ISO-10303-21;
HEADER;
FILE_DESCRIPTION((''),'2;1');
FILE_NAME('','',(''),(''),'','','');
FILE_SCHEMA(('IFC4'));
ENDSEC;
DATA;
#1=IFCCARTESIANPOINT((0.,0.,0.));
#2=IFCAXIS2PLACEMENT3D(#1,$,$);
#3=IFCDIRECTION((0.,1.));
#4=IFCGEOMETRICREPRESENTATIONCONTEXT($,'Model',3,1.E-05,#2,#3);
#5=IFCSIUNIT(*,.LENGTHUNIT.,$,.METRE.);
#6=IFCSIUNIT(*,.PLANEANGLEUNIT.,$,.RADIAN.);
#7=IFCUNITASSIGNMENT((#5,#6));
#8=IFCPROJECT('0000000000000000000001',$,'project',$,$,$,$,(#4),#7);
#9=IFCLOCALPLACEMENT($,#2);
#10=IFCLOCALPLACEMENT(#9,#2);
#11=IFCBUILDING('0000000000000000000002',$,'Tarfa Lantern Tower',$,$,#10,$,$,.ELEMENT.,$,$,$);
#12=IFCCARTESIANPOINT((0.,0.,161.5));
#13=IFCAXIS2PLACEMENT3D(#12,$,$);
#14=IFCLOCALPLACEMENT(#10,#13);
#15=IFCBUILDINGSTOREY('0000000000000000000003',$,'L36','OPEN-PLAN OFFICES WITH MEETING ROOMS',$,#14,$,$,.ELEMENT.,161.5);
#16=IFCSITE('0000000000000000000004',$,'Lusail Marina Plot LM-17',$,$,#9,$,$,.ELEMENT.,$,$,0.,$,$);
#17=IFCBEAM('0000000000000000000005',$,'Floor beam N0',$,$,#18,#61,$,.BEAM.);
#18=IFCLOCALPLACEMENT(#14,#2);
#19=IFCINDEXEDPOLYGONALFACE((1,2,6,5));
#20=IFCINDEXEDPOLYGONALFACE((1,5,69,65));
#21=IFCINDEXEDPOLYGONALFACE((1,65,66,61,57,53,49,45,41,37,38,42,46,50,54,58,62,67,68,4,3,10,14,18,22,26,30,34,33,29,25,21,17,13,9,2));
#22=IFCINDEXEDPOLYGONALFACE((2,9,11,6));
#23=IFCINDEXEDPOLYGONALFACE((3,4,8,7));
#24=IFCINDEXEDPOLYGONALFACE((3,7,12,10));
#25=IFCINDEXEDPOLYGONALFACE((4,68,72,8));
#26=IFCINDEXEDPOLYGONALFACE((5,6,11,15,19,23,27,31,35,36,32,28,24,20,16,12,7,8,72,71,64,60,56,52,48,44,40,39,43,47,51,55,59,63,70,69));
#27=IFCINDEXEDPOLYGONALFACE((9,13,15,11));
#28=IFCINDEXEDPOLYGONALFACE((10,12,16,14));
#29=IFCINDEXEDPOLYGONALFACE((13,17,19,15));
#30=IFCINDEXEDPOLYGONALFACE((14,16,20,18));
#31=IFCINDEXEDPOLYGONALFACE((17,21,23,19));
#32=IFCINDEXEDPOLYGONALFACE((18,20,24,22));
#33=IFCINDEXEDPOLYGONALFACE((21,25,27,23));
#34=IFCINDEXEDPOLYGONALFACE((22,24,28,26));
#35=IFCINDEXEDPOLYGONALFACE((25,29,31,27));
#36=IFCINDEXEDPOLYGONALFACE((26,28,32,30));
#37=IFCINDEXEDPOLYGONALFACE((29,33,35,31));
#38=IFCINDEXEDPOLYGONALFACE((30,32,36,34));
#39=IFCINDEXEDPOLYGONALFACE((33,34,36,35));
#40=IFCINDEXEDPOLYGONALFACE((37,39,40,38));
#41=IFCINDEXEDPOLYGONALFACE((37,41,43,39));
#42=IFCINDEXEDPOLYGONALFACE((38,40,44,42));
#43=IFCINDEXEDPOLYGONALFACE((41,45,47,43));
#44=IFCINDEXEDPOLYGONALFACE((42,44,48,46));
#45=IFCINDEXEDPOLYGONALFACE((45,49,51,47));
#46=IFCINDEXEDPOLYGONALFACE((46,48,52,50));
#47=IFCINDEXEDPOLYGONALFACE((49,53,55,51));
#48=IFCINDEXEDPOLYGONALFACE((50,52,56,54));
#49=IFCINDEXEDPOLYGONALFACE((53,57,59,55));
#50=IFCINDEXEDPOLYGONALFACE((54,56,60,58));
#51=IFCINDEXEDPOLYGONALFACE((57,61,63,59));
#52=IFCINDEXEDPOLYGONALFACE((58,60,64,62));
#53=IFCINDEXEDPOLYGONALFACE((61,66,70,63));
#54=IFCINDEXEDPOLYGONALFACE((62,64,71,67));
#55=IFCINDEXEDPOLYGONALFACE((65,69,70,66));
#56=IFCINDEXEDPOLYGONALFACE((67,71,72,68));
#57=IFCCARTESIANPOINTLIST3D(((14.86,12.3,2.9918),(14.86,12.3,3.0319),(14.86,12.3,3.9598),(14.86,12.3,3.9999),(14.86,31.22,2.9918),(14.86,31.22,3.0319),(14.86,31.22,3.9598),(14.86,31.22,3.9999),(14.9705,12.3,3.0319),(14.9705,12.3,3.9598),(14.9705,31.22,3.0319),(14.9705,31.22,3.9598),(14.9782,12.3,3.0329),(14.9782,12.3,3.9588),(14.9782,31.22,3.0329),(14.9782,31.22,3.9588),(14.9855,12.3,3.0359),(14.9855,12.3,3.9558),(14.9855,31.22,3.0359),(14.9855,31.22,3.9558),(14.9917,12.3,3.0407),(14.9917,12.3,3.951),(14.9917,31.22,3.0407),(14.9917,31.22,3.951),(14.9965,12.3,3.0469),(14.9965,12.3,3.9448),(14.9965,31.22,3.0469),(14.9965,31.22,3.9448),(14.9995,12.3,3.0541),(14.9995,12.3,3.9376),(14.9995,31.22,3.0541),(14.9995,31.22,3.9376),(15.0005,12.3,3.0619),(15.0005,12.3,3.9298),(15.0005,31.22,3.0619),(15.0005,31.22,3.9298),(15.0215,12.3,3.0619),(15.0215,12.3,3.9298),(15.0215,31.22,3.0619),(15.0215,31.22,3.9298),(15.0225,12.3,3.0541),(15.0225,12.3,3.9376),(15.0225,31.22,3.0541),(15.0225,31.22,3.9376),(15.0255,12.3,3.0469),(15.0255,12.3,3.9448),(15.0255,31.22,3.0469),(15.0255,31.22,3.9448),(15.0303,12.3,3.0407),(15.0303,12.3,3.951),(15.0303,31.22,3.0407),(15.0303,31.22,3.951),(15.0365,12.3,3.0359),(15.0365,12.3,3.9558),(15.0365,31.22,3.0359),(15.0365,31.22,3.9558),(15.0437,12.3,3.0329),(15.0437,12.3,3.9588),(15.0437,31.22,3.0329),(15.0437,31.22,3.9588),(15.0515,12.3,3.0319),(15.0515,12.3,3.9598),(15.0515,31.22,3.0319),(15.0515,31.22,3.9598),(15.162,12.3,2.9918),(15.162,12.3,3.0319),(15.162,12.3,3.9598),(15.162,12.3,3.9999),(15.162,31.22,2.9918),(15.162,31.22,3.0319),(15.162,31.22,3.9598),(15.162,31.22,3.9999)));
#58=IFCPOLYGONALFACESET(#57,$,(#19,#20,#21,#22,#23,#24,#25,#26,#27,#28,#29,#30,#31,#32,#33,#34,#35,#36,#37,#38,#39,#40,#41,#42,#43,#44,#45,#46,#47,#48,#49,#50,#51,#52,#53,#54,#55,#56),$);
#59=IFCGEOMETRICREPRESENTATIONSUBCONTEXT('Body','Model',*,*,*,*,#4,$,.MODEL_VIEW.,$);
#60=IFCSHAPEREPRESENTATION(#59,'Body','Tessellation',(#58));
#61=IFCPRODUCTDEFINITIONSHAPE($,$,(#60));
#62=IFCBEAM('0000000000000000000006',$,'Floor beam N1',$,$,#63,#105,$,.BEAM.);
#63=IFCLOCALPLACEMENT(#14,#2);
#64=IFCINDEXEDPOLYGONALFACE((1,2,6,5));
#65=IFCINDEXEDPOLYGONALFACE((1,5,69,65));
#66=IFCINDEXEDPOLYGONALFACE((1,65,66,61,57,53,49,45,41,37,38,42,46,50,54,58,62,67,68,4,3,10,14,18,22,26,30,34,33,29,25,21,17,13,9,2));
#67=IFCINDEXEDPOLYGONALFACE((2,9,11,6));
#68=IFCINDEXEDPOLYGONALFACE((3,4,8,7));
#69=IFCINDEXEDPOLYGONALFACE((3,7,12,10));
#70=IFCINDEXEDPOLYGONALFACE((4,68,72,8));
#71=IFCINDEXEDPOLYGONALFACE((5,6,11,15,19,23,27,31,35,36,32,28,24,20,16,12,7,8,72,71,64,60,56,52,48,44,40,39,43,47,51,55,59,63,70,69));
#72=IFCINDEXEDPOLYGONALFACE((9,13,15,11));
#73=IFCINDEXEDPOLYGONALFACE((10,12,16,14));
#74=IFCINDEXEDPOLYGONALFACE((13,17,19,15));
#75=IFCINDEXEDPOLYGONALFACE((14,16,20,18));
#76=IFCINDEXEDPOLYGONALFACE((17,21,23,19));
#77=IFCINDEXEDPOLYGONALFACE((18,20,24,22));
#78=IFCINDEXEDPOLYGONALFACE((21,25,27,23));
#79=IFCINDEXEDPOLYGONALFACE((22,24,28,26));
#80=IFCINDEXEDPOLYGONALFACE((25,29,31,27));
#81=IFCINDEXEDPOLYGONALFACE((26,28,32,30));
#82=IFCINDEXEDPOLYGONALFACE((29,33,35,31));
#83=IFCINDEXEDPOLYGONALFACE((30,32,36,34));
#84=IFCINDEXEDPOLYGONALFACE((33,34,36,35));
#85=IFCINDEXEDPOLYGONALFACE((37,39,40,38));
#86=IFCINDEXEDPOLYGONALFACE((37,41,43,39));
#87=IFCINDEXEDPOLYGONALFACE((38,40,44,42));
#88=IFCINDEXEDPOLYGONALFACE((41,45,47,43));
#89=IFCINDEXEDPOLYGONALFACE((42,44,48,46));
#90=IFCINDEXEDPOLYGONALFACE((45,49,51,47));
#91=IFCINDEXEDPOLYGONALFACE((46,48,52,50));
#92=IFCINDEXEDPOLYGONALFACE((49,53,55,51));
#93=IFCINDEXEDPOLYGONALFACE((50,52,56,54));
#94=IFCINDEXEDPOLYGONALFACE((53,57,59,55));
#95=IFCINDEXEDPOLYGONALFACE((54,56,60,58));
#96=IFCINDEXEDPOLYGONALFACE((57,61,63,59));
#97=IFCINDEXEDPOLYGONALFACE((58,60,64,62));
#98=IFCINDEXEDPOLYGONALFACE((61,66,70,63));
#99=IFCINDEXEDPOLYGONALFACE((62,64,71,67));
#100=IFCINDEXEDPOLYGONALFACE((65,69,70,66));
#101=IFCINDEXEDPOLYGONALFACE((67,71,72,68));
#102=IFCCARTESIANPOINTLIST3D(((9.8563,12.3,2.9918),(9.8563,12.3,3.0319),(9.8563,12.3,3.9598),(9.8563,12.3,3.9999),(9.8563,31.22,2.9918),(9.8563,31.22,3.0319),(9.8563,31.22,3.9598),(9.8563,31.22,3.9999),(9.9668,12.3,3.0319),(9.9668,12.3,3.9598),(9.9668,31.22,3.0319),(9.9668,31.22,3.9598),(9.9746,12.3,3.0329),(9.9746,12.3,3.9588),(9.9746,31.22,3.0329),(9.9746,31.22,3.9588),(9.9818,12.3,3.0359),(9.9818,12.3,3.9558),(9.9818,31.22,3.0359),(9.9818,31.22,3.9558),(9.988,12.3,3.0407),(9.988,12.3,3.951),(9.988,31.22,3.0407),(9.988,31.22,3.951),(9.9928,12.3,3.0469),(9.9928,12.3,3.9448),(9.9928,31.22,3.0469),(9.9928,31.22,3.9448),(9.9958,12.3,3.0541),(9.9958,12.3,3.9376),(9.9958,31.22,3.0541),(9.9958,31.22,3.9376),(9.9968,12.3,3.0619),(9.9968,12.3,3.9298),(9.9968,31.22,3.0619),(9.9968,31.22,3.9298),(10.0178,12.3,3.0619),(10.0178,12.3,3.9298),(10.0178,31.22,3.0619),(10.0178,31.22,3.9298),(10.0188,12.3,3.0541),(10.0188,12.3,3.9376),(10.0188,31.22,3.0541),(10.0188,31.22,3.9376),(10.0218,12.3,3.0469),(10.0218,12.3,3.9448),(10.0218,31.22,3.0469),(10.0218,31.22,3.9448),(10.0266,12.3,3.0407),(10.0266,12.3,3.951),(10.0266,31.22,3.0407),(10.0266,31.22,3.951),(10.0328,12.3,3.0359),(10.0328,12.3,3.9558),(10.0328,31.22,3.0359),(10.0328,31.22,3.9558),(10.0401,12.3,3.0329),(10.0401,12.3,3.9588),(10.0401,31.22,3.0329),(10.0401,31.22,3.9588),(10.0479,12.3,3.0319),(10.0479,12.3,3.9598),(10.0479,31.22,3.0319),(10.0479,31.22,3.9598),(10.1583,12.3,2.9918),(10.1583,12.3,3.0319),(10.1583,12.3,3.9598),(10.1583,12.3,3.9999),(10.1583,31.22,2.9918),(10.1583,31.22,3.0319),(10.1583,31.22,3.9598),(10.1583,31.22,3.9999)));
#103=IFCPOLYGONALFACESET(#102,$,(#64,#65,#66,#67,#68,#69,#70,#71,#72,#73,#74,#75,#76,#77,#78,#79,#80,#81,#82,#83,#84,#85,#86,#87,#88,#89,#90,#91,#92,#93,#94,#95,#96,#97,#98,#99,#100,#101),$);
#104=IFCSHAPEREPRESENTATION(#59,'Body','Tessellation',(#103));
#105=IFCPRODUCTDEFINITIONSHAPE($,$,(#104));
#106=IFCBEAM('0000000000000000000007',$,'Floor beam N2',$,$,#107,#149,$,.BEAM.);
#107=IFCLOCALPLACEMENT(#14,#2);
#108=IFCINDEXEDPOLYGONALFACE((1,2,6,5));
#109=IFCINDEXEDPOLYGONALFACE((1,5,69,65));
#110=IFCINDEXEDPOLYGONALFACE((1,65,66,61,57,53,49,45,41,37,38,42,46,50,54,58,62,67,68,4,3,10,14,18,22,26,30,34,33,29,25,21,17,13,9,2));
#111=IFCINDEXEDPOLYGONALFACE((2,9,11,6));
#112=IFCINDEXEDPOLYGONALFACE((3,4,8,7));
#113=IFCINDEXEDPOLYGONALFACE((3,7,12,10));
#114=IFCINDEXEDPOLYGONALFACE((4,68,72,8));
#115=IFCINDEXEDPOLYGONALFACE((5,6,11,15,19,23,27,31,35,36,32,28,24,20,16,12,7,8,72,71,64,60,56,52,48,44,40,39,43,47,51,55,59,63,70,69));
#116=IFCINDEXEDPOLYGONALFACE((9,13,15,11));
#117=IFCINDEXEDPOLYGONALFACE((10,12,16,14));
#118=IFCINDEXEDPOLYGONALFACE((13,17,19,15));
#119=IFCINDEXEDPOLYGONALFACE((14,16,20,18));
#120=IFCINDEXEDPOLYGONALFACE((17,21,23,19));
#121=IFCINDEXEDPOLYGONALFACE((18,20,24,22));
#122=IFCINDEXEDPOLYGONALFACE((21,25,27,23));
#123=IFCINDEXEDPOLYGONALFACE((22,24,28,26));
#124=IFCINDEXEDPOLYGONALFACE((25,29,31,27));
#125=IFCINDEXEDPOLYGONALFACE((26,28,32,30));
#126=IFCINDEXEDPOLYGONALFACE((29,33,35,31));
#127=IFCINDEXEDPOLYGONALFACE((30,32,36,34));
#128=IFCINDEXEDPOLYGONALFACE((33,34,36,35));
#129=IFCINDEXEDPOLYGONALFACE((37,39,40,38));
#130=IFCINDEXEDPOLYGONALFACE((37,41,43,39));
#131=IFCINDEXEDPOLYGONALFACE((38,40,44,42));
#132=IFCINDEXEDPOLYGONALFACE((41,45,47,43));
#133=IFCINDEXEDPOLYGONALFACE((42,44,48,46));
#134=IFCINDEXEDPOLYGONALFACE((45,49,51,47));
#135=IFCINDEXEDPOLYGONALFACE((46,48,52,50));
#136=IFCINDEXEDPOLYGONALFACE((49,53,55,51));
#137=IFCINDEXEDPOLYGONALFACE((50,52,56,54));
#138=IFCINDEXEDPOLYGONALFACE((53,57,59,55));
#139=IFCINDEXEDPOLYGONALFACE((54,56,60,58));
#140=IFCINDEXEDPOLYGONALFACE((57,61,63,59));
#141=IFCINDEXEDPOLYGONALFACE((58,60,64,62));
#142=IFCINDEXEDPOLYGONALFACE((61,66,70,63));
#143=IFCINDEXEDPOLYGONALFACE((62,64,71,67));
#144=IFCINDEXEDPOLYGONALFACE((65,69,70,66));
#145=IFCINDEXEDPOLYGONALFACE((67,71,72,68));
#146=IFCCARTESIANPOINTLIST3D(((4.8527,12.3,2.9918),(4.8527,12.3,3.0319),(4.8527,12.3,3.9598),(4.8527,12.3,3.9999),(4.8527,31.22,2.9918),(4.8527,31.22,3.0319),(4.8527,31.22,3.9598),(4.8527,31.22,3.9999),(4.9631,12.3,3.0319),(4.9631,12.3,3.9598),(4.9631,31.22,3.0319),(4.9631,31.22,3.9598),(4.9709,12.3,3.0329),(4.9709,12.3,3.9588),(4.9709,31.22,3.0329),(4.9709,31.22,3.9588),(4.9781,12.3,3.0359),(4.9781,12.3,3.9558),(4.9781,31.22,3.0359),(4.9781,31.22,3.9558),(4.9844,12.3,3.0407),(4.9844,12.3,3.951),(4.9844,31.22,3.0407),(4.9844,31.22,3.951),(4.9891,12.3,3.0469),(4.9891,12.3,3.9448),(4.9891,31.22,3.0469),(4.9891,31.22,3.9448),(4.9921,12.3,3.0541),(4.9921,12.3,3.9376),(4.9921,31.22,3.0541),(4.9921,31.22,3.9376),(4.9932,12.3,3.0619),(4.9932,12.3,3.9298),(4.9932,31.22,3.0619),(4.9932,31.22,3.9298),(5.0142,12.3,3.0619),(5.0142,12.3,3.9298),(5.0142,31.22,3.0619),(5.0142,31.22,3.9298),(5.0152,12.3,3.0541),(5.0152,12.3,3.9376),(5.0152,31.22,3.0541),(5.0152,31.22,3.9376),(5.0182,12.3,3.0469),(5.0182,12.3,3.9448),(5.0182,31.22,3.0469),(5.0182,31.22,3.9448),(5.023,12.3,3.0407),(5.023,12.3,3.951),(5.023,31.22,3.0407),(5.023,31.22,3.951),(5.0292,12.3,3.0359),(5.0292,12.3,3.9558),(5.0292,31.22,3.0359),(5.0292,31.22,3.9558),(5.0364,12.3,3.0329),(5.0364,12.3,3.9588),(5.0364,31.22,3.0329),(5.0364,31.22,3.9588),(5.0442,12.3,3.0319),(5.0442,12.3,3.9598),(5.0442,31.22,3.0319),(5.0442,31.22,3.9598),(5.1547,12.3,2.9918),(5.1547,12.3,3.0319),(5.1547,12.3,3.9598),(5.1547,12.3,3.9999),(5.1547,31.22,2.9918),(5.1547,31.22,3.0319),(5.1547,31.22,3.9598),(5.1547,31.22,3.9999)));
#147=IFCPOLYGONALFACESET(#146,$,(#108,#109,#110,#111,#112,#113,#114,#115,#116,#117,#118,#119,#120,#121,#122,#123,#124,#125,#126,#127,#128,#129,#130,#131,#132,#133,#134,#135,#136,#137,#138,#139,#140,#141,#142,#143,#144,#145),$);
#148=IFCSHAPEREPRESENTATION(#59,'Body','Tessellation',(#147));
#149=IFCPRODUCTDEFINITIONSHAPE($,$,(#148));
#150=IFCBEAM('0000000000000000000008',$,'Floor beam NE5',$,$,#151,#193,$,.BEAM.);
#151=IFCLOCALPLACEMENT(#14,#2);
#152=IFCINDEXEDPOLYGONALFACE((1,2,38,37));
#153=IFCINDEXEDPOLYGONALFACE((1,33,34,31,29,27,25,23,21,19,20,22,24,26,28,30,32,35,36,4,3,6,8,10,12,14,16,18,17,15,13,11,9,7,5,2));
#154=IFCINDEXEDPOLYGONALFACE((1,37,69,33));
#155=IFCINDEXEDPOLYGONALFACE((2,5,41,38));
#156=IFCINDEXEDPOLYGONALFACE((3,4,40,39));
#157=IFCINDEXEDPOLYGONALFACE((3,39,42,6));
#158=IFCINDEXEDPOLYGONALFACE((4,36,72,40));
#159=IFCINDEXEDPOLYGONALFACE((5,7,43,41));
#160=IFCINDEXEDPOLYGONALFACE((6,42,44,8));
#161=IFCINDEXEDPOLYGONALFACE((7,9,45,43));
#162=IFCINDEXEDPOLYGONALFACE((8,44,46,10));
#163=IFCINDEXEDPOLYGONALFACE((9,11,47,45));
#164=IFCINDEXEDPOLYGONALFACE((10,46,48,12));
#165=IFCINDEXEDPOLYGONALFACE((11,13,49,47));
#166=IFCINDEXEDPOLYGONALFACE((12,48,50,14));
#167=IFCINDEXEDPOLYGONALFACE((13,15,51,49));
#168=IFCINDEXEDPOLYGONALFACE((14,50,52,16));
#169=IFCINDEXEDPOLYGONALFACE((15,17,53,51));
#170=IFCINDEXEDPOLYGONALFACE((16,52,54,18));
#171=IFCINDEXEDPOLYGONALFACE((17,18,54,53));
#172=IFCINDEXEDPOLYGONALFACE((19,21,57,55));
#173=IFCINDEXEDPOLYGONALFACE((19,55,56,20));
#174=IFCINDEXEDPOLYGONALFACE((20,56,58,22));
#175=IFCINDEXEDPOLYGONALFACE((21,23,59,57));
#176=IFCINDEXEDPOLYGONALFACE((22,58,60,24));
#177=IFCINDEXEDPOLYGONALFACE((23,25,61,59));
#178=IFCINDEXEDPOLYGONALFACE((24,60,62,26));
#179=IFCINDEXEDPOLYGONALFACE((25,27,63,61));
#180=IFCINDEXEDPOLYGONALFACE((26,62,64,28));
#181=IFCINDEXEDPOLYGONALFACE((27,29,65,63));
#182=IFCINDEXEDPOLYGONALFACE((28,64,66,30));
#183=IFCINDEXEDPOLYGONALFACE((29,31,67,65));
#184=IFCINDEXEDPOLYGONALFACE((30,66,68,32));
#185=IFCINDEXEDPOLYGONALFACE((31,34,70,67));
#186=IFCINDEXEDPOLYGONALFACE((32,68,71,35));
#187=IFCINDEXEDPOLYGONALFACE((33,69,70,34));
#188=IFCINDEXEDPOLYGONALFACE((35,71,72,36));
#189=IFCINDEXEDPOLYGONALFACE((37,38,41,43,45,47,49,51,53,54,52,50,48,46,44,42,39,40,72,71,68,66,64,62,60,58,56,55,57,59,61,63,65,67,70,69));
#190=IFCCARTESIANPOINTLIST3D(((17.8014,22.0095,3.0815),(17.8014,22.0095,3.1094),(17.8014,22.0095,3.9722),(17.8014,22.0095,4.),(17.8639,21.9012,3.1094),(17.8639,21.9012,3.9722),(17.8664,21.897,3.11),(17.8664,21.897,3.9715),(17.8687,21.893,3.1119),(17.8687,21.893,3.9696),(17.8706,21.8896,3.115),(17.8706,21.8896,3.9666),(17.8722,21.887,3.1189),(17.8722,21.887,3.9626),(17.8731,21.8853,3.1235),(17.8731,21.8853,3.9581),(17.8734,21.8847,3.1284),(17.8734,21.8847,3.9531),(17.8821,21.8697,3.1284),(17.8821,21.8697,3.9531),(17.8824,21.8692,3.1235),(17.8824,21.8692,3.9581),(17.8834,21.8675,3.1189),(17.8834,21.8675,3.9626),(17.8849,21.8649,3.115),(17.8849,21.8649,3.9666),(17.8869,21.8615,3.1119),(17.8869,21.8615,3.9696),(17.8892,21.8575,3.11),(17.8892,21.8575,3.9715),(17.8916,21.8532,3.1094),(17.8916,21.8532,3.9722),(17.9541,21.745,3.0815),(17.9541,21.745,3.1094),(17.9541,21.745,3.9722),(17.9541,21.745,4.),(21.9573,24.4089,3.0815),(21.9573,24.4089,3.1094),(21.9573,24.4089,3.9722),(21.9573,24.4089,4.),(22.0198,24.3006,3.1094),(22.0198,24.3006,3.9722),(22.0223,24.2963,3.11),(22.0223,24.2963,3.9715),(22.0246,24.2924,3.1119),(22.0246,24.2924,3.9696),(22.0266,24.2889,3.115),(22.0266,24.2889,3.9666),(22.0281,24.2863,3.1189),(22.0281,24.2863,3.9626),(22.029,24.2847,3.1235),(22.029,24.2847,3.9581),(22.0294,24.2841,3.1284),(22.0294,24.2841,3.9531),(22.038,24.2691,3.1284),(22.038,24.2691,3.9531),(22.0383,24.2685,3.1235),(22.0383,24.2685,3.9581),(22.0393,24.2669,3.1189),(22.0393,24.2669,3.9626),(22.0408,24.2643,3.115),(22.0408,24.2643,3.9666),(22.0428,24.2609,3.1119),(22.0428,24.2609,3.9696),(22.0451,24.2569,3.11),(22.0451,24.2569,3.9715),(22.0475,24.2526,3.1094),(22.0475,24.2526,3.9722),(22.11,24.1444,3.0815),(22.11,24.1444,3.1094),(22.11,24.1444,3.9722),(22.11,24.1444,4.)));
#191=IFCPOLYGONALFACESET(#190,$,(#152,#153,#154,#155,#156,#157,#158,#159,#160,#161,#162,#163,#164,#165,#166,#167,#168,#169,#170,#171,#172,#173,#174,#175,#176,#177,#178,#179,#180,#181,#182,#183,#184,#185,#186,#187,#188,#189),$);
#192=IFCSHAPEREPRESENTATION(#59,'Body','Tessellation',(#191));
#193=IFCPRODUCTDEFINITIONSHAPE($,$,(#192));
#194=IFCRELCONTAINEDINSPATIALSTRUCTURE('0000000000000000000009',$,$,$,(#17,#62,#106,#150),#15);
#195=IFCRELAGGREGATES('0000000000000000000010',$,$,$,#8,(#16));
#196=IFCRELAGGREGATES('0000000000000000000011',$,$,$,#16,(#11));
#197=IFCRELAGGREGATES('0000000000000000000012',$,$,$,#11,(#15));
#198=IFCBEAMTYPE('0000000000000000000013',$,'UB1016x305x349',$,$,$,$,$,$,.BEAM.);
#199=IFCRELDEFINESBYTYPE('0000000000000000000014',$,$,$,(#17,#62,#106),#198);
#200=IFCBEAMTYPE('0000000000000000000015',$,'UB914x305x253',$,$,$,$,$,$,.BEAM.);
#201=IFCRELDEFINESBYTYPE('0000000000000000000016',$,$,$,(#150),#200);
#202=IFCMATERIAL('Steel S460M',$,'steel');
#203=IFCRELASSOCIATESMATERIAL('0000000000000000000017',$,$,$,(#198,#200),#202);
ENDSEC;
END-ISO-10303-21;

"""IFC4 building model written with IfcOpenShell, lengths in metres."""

from ifc_helpers import new_model, si_unit, direction, frame, origin, origin_2d, place, context, subcontext, project, spatial, i_section, extrude, material, material_profile, profile_set, type_object, element, save


model = new_model("IFC4")

# Units and contexts
model_context = context("Model", 3, precision=1e-05, world=origin(), true_north=direction((0.0, 1.0)))
body_context = subcontext(model_context, "Body", "Model", "MODEL_VIEW")
ifc_project = project(units=[si_unit("LENGTHUNIT", "METRE"), si_unit("PLANEANGLEUNIT", "RADIAN")], contexts=[model_context])

# Site, building, storey
site_placement = place(None, origin())
site = spatial("IfcSite", under=ifc_project, at=site_placement, Name="Lusail Marina Plot LM-17", CompositionType="ELEMENT", RefElevation=0.0)
building_placement = place(site_placement, origin())
building = spatial("IfcBuilding", under=site, at=building_placement, Name="Tarfa Lantern Tower", CompositionType="ELEMENT")
storey_placement = place(building_placement, frame((0.0, 0.0, 161.5)))
storey = spatial("IfcBuildingStorey", under=building, at=storey_placement, Name="L36", Description="OPEN-PLAN OFFICES WITH MEETING ROOMS", CompositionType="ELEMENT", Elevation=161.5)

# Beams
ifc_material_1 = material(Name="Steel S460M", Category="steel")
ifc_material_profile_1 = material_profile(ifc_material_1, i_section(OverallWidth=0.302, OverallDepth=1.0081, WebThickness=0.021, FlangeThickness=0.04, FilletRadius=0.03, at=origin_2d()), Name="UB1016x305x349")
ifc_profile_set_1 = profile_set([ifc_material_profile_1], Name="Steel S460M")
beam_type_1 = type_object("IfcBeamType", Name="UB1016x305x349", PredefinedType="BEAM", material=ifc_profile_set_1)
for number, where, z_axis, x_axis, name in (
    (1, (15.011, 31.22, 3.4958), (0.0, -1.0, 0.0), (1.0, 0.0, 0.0), "Floor beam N0"),
    (2, (10.0073, 31.22, 3.4958), (0.0, -1.0, 0.0), (1.0, 0.0, 0.0), "Floor beam N1"),
    (3, (5.0037, 31.22, 3.4958), (0.0, -1.0, 0.0), (1.0, 0.0, 0.0), "Floor beam N2"),
):
    element("IfcBeam", number, at=place(storey_placement, frame(where, z_axis=z_axis, x_axis=x_axis)), inside=storey, type_object=beam_type_1, Name=name, PredefinedType="BEAM", context=body_context, shape_type="SweptSolid", body=[
        extrude(i_section(OverallWidth=0.302, OverallDepth=1.0081, WebThickness=0.021, FlangeThickness=0.04, FilletRadius=0.03, at=origin_2d()), origin(), (0.0, 0.0, 1.0), 18.9199),
    ])
ifc_material_profile_2 = material_profile(ifc_material_1, i_section(OverallWidth=0.3054, OverallDepth=0.9185, WebThickness=0.0173, FlangeThickness=0.0278, FilletRadius=0.019, at=origin_2d()), Name="UB914x305x253")
ifc_profile_set_2 = profile_set([ifc_material_profile_2], Name="Steel S460M")
beam_type_2 = type_object("IfcBeamType", Name="UB914x305x253", PredefinedType="BEAM", material=ifc_profile_set_2)
beam_1_placement = place(storey_placement, frame((22.0337, 24.2766, 3.5408), z_axis=(-0.866031, -0.499991, 0.0), x_axis=(0.499991, -0.866031, 0.0)))
element("IfcBeam", 4, at=beam_1_placement, inside=storey, type_object=beam_type_2, Name="Floor beam NE5", PredefinedType="BEAM", context=body_context, shape_type="SweptSolid", body=[
    extrude(i_section(OverallWidth=0.3054, OverallDepth=0.9185, WebThickness=0.0173, FlangeThickness=0.0278, FilletRadius=0.019, at=origin_2d()), origin(), (0.0, 0.0, 1.0), 4.7988),
])

save(model, "model.ifc")
